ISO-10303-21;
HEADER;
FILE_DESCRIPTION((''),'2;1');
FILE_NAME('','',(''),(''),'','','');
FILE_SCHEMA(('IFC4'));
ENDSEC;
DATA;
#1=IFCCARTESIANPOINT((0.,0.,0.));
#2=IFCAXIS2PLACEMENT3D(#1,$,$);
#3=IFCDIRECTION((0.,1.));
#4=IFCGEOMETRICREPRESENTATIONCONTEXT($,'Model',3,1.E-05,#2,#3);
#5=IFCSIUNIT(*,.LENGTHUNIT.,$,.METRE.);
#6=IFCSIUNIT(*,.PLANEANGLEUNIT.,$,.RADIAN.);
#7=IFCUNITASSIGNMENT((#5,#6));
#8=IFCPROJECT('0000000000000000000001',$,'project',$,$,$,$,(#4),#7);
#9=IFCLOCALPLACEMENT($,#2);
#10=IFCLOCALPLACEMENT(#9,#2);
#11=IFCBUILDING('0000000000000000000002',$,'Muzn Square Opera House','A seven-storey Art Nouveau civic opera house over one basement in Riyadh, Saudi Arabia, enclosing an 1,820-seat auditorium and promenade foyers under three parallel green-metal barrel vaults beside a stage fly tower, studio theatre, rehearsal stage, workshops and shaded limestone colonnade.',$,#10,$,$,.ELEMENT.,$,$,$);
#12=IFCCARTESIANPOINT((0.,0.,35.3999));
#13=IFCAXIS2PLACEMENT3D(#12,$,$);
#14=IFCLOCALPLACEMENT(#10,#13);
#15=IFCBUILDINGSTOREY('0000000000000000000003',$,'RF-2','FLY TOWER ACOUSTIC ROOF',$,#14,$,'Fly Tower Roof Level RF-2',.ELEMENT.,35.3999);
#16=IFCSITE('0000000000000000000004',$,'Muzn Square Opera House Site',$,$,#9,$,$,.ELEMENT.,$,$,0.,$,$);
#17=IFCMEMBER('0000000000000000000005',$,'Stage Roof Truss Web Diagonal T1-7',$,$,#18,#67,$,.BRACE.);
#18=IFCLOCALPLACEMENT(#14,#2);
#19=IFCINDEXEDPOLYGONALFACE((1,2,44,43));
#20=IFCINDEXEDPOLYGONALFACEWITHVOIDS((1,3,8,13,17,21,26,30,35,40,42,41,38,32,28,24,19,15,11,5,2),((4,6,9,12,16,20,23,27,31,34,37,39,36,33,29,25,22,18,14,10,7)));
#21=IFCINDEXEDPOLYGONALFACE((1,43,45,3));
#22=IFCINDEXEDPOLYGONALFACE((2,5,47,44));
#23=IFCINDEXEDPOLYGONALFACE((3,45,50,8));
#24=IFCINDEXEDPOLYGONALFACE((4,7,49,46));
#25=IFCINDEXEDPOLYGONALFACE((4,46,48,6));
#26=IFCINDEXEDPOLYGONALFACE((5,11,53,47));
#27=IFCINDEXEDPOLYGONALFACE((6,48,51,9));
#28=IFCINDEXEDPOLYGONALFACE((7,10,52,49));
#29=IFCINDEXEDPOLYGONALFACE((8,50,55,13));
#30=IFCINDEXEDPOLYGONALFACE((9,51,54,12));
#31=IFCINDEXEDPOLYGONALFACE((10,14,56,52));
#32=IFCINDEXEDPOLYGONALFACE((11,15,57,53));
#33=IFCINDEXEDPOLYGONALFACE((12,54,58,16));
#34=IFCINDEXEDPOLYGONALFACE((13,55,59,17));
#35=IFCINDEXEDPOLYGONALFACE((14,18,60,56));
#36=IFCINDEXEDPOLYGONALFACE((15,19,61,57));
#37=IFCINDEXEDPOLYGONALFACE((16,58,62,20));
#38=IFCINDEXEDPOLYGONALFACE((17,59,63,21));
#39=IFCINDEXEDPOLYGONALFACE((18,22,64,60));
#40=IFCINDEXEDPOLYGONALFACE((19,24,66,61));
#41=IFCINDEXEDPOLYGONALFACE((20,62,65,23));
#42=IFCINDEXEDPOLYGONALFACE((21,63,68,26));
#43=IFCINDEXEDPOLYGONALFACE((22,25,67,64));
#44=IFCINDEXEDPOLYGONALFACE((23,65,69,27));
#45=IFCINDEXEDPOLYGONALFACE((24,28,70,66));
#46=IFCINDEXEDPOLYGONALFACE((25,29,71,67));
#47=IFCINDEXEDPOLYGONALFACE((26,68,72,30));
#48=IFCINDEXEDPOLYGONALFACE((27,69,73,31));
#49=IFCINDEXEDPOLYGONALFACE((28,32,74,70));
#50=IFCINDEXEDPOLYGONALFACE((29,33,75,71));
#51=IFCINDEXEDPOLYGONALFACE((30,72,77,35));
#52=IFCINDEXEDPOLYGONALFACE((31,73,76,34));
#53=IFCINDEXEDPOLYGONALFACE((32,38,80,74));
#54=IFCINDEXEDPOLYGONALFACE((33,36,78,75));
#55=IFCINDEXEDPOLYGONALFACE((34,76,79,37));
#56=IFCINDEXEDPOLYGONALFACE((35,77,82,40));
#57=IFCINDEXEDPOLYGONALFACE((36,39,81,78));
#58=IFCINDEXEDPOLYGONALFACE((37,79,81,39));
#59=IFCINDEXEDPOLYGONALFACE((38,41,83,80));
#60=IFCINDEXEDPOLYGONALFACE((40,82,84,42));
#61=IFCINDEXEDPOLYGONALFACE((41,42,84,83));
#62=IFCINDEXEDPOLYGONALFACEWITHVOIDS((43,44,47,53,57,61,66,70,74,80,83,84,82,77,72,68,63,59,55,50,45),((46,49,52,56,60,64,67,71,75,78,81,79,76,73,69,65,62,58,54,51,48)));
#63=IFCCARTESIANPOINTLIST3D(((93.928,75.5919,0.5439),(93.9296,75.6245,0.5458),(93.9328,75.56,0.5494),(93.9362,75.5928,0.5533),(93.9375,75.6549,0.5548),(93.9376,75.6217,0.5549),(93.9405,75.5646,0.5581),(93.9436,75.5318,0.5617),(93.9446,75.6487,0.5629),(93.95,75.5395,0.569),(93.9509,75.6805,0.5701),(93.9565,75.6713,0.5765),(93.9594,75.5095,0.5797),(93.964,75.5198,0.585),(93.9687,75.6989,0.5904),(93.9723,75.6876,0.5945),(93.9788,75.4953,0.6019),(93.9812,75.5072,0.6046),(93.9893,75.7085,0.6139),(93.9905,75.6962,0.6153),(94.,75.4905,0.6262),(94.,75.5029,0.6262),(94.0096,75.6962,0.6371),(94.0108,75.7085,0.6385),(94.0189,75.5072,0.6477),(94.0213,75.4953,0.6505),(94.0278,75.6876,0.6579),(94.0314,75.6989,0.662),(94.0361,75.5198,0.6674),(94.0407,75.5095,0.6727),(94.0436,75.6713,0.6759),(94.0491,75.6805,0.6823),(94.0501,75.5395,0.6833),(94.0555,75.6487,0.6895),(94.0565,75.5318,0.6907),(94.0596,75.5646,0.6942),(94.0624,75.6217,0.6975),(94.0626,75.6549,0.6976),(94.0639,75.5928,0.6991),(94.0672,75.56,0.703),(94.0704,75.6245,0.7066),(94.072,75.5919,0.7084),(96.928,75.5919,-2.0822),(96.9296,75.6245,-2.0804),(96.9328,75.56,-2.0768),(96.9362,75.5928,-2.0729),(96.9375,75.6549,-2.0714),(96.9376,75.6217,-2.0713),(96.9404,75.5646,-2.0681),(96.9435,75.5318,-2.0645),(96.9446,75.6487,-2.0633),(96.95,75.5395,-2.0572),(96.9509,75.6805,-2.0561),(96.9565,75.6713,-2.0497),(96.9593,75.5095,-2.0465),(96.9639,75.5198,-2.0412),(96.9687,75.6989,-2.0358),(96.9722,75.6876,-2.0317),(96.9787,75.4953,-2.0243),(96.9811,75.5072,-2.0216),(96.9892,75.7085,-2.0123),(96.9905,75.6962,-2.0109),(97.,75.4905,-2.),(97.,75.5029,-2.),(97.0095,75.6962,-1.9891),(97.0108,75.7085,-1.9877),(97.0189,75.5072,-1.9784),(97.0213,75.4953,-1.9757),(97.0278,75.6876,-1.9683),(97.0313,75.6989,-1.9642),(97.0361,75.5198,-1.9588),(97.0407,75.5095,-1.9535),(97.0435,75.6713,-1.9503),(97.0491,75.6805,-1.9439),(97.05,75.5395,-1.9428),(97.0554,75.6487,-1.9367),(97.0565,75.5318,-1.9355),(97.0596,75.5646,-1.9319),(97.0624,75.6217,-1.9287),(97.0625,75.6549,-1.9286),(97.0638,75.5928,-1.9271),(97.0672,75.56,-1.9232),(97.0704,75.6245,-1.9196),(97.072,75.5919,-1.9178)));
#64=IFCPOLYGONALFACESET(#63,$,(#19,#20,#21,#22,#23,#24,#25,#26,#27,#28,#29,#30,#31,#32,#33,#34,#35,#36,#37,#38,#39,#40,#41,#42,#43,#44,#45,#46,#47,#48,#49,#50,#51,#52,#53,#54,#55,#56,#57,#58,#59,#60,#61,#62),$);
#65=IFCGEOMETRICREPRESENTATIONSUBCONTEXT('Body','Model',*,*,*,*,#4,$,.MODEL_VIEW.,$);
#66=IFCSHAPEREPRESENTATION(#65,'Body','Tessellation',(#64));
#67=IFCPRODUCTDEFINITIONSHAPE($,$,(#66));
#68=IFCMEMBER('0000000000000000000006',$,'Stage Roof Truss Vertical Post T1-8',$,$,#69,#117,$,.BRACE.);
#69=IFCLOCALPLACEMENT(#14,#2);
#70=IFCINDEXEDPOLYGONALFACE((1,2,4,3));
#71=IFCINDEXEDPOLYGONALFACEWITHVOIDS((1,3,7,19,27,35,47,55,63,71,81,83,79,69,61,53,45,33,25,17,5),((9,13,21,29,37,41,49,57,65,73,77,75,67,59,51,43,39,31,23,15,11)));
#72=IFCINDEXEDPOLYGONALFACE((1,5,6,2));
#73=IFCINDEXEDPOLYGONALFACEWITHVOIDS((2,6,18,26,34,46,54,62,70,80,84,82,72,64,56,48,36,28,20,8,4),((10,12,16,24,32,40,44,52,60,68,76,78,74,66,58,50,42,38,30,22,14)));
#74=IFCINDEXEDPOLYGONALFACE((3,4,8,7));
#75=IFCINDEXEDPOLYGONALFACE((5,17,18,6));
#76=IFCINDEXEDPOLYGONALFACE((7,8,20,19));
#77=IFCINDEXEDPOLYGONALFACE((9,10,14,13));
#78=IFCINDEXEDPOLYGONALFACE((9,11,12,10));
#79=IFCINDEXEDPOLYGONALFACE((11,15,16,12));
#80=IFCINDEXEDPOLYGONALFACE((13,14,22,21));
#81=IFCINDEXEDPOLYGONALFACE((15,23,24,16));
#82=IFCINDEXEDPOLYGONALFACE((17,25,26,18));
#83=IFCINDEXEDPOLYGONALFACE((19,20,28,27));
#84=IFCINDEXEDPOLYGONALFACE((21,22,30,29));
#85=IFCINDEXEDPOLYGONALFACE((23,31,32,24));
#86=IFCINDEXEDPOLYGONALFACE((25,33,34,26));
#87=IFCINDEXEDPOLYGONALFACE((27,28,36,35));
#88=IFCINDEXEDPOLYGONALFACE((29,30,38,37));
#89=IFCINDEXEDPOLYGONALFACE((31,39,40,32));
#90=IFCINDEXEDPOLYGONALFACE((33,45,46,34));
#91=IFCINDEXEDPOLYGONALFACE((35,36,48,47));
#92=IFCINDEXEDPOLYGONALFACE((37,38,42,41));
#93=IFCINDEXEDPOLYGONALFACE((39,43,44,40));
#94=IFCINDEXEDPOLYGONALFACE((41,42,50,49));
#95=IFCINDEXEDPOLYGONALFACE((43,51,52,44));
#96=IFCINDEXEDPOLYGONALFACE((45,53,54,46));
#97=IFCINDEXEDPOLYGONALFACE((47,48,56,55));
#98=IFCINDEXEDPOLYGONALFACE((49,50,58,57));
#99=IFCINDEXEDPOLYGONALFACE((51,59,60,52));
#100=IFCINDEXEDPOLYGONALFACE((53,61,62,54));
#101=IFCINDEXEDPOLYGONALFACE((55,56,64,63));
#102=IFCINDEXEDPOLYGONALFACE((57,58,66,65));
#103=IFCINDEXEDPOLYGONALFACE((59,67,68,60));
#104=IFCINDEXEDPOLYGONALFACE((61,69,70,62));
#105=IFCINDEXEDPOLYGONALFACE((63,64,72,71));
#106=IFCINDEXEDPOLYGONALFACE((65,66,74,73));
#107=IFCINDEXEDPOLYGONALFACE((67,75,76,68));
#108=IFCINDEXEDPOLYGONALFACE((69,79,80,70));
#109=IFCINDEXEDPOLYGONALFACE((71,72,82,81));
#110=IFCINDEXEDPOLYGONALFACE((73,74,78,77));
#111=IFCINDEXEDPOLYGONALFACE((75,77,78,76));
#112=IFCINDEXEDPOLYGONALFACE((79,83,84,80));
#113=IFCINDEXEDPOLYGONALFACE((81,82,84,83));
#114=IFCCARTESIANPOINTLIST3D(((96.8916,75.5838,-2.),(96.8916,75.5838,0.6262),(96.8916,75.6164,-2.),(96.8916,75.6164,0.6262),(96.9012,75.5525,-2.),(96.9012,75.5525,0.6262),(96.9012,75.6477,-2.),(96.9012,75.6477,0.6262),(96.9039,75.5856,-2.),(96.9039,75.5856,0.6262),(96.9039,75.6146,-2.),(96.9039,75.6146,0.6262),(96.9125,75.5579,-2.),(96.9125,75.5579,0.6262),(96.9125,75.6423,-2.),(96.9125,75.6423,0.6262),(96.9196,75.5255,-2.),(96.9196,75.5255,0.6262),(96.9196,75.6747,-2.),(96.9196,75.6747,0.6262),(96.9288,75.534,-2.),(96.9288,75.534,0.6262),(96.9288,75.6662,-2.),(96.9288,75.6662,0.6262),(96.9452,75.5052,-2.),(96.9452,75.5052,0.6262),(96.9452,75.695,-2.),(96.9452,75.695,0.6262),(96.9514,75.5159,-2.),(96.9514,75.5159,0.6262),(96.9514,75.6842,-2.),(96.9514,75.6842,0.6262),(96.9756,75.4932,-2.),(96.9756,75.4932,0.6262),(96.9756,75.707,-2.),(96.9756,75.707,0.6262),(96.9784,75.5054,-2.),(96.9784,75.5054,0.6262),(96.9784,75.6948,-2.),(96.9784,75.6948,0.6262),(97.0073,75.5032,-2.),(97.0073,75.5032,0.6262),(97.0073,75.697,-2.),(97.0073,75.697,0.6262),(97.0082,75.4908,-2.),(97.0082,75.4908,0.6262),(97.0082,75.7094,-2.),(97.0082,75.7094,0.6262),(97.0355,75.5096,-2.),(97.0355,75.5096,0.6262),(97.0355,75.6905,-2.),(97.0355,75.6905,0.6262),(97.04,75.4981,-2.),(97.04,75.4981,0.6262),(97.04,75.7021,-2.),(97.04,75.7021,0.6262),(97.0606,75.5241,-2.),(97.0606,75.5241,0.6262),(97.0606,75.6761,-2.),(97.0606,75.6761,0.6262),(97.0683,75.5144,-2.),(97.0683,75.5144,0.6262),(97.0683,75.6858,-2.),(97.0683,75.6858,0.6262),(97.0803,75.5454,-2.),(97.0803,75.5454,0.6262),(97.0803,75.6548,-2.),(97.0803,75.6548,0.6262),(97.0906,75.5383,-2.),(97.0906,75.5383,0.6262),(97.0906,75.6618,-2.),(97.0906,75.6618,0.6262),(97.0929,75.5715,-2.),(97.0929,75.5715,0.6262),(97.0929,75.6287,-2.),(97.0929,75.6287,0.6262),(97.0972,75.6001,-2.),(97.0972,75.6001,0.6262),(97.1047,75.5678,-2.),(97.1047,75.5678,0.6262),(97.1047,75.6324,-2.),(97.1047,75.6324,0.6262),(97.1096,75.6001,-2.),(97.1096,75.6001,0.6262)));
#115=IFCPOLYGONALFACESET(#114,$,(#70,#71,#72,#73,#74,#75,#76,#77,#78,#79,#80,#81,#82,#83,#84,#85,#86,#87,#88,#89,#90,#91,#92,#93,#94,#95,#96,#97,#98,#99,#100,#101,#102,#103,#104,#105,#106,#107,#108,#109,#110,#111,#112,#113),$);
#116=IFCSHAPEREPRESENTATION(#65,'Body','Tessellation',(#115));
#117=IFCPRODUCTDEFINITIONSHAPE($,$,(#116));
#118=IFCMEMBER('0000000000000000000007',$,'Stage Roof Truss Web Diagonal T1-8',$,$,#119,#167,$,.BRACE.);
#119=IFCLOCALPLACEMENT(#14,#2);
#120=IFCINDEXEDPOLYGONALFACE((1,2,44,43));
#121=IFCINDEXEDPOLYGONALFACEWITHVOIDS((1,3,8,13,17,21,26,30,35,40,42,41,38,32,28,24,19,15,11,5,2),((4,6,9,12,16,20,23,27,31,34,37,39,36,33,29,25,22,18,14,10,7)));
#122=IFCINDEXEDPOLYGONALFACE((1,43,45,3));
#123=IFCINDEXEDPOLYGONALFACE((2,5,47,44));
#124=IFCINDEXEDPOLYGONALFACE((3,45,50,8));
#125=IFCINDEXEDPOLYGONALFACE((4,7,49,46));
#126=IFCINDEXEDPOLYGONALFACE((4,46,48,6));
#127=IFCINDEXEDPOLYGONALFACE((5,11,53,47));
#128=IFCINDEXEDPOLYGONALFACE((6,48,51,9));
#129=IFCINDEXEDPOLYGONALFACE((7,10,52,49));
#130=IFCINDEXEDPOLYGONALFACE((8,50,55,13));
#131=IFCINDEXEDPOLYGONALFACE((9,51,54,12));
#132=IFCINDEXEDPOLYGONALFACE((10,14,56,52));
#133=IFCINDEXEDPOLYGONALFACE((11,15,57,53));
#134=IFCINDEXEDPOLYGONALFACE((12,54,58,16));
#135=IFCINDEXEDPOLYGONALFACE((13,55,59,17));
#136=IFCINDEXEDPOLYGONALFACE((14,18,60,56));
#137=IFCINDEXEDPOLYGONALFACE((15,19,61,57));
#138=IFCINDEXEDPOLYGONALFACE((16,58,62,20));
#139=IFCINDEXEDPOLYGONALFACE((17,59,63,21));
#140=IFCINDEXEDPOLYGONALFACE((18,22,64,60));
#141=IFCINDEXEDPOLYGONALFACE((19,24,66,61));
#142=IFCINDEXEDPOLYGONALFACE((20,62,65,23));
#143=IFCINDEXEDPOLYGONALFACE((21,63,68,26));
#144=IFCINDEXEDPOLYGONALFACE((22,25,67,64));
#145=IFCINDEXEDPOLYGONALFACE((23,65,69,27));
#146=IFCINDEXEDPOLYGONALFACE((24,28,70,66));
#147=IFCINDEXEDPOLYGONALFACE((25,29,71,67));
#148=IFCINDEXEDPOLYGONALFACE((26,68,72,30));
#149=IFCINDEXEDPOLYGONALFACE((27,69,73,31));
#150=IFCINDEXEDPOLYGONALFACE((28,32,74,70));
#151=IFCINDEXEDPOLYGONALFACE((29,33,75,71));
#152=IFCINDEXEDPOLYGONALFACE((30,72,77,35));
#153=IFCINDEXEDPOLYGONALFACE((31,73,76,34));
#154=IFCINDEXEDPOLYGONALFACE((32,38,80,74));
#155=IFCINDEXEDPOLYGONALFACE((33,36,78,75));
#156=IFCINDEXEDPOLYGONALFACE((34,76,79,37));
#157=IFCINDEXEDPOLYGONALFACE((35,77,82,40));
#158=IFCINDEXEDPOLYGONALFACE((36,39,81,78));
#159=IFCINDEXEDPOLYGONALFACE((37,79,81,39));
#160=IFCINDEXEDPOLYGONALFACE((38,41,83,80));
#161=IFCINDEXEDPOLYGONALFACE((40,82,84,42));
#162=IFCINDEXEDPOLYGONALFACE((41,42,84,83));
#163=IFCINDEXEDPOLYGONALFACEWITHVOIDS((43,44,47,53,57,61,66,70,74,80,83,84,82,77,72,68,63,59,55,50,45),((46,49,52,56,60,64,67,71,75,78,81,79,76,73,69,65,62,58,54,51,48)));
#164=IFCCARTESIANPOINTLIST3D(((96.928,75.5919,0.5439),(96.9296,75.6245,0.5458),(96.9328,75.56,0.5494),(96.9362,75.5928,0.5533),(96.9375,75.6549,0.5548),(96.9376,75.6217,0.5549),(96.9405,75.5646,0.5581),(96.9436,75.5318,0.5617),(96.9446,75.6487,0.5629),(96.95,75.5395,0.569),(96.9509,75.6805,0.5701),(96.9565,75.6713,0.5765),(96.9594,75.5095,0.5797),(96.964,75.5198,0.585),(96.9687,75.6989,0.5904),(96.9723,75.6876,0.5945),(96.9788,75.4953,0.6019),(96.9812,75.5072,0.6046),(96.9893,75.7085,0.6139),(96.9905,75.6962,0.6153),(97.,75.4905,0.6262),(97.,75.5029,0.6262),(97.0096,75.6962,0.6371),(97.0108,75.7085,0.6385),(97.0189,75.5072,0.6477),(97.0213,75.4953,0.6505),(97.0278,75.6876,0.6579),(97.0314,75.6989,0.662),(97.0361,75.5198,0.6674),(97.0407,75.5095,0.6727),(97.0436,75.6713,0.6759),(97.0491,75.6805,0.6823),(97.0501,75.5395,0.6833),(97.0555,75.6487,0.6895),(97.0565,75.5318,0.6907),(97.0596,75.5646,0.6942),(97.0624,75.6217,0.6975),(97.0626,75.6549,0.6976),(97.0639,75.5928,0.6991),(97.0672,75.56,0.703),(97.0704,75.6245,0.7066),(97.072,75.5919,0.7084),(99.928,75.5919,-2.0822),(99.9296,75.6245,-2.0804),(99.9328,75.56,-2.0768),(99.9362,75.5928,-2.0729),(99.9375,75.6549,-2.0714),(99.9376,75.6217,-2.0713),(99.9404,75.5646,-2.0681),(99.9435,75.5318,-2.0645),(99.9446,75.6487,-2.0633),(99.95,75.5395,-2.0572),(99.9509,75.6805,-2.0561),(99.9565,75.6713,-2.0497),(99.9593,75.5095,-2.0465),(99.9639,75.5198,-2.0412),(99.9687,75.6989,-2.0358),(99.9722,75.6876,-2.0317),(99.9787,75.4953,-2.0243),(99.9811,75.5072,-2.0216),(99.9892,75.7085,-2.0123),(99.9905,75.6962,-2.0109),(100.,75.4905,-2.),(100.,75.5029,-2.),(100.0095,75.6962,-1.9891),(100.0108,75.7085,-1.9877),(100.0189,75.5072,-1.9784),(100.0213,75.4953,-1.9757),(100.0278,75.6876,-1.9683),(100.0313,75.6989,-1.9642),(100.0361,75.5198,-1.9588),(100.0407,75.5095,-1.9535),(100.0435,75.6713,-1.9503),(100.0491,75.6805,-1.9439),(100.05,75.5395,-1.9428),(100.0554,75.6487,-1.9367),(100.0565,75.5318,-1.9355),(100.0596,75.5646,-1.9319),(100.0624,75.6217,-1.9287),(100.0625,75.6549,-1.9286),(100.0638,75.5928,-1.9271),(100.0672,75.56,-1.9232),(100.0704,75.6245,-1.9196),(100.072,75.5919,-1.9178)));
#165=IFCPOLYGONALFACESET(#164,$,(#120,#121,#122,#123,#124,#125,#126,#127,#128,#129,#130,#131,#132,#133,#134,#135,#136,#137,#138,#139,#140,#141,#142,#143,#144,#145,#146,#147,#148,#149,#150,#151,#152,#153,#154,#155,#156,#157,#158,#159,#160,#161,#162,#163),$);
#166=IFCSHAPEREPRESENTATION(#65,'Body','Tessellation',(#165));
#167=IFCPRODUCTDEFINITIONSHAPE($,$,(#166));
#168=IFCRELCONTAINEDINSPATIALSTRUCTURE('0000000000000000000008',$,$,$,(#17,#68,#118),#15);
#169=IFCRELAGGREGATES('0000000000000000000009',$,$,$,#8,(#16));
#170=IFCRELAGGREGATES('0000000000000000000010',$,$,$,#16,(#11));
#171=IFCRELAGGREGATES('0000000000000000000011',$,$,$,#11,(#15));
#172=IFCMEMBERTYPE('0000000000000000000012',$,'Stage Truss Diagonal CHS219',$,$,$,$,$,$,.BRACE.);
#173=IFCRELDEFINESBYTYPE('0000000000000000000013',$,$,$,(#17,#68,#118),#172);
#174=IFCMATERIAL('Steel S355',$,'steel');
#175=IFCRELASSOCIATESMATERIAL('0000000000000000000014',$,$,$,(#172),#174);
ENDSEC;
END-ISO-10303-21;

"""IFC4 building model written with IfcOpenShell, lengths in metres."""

from ifc_helpers import new_model, si_unit, direction, frame, origin, origin_2d, place, context, subcontext, project, spatial, hollow_circle, extrude, material, material_profile, profile_set, type_object, element, save


model = new_model("IFC4")

# Units and contexts
model_context = context("Model", 3, precision=1e-05, world=origin(), true_north=direction((0.0, 1.0)))
body_context = subcontext(model_context, "Body", "Model", "MODEL_VIEW")
ifc_project = project(units=[si_unit("LENGTHUNIT", "METRE"), si_unit("PLANEANGLEUNIT", "RADIAN")], contexts=[model_context])

# Site, building, storey
site_placement = place(None, origin())
site = spatial("IfcSite", under=ifc_project, at=site_placement, Name="Muzn Square Opera House Site", CompositionType="ELEMENT", RefElevation=0.0)
building_placement = place(site_placement, origin())
building = spatial("IfcBuilding", under=site, at=building_placement, Name="Muzn Square Opera House", Description="A seven-storey Art Nouveau civic opera house over one basement in Riyadh, Saudi Arabia, enclosing an 1,820-seat auditorium and promenade foyers under three parallel green-metal barrel vaults beside a stage fly tower, studio theatre, rehearsal stage, workshops and shaded limestone colonnade.", CompositionType="ELEMENT")
storey_placement = place(building_placement, frame((0.0, 0.0, 35.3999)))
storey = spatial("IfcBuildingStorey", under=building, at=storey_placement, Name="RF-2", Description="FLY TOWER ACOUSTIC ROOF", LongName="Fly Tower Roof Level RF-2", CompositionType="ELEMENT", Elevation=35.3999)

# Members
ifc_material_1 = material(Name="Steel S355", Category="steel")
ifc_material_profile_1 = material_profile(ifc_material_1, hollow_circle(Radius=0.1096, WallThickness=0.0125, at=origin_2d()), Name="CHS 219.1x12.5", Category="steel")
ifc_profile_set_1 = profile_set([ifc_material_profile_1], Name="Steel S355")
member_type_1 = type_object("IfcMemberType", Name="Stage Truss Diagonal CHS219", PredefinedType="BRACE", material=ifc_profile_set_1)
member_1_placement = place(storey_placement, frame((97.0, 75.6001, -2.0), z_axis=(-0.752425, 0.0, 0.658678), x_axis=(0.0, -1.0, 0.0)))
element("IfcMember", 1, at=member_1_placement, inside=storey, type_object=member_type_1, Name="Stage Roof Truss Web Diagonal T1-7", PredefinedType="BRACE", context=body_context, shape_type="SweptSolid", body=[
    extrude(hollow_circle(Radius=0.1096, WallThickness=0.0125, at=origin_2d()), origin(), (0.0, 0.0, 1.0), 3.9871),
])
member_2_placement = place(storey_placement, frame((97.0, 75.6001, -2.0), z_axis=(0.0, 0.0, 1.0), x_axis=(1.0, 0.0, 0.0)))
element("IfcMember", 2, at=member_2_placement, inside=storey, type_object=member_type_1, Name="Stage Roof Truss Vertical Post T1-8", PredefinedType="BRACE", context=body_context, shape_type="SweptSolid", body=[
    extrude(hollow_circle(Radius=0.1096, WallThickness=0.0125, at=origin_2d()), origin(), (0.0, 0.0, 1.0), 2.6262),
])
member_3_placement = place(storey_placement, frame((100.0, 75.6001, -2.0), z_axis=(-0.752425, 0.0, 0.658678), x_axis=(0.0, -1.0, 0.0)))
element("IfcMember", 3, at=member_3_placement, inside=storey, type_object=member_type_1, Name="Stage Roof Truss Web Diagonal T1-8", PredefinedType="BRACE", context=body_context, shape_type="SweptSolid", body=[
    extrude(hollow_circle(Radius=0.1096, WallThickness=0.0125, at=origin_2d()), origin(), (0.0, 0.0, 1.0), 3.9871),
])

save(model, "model.ifc")
